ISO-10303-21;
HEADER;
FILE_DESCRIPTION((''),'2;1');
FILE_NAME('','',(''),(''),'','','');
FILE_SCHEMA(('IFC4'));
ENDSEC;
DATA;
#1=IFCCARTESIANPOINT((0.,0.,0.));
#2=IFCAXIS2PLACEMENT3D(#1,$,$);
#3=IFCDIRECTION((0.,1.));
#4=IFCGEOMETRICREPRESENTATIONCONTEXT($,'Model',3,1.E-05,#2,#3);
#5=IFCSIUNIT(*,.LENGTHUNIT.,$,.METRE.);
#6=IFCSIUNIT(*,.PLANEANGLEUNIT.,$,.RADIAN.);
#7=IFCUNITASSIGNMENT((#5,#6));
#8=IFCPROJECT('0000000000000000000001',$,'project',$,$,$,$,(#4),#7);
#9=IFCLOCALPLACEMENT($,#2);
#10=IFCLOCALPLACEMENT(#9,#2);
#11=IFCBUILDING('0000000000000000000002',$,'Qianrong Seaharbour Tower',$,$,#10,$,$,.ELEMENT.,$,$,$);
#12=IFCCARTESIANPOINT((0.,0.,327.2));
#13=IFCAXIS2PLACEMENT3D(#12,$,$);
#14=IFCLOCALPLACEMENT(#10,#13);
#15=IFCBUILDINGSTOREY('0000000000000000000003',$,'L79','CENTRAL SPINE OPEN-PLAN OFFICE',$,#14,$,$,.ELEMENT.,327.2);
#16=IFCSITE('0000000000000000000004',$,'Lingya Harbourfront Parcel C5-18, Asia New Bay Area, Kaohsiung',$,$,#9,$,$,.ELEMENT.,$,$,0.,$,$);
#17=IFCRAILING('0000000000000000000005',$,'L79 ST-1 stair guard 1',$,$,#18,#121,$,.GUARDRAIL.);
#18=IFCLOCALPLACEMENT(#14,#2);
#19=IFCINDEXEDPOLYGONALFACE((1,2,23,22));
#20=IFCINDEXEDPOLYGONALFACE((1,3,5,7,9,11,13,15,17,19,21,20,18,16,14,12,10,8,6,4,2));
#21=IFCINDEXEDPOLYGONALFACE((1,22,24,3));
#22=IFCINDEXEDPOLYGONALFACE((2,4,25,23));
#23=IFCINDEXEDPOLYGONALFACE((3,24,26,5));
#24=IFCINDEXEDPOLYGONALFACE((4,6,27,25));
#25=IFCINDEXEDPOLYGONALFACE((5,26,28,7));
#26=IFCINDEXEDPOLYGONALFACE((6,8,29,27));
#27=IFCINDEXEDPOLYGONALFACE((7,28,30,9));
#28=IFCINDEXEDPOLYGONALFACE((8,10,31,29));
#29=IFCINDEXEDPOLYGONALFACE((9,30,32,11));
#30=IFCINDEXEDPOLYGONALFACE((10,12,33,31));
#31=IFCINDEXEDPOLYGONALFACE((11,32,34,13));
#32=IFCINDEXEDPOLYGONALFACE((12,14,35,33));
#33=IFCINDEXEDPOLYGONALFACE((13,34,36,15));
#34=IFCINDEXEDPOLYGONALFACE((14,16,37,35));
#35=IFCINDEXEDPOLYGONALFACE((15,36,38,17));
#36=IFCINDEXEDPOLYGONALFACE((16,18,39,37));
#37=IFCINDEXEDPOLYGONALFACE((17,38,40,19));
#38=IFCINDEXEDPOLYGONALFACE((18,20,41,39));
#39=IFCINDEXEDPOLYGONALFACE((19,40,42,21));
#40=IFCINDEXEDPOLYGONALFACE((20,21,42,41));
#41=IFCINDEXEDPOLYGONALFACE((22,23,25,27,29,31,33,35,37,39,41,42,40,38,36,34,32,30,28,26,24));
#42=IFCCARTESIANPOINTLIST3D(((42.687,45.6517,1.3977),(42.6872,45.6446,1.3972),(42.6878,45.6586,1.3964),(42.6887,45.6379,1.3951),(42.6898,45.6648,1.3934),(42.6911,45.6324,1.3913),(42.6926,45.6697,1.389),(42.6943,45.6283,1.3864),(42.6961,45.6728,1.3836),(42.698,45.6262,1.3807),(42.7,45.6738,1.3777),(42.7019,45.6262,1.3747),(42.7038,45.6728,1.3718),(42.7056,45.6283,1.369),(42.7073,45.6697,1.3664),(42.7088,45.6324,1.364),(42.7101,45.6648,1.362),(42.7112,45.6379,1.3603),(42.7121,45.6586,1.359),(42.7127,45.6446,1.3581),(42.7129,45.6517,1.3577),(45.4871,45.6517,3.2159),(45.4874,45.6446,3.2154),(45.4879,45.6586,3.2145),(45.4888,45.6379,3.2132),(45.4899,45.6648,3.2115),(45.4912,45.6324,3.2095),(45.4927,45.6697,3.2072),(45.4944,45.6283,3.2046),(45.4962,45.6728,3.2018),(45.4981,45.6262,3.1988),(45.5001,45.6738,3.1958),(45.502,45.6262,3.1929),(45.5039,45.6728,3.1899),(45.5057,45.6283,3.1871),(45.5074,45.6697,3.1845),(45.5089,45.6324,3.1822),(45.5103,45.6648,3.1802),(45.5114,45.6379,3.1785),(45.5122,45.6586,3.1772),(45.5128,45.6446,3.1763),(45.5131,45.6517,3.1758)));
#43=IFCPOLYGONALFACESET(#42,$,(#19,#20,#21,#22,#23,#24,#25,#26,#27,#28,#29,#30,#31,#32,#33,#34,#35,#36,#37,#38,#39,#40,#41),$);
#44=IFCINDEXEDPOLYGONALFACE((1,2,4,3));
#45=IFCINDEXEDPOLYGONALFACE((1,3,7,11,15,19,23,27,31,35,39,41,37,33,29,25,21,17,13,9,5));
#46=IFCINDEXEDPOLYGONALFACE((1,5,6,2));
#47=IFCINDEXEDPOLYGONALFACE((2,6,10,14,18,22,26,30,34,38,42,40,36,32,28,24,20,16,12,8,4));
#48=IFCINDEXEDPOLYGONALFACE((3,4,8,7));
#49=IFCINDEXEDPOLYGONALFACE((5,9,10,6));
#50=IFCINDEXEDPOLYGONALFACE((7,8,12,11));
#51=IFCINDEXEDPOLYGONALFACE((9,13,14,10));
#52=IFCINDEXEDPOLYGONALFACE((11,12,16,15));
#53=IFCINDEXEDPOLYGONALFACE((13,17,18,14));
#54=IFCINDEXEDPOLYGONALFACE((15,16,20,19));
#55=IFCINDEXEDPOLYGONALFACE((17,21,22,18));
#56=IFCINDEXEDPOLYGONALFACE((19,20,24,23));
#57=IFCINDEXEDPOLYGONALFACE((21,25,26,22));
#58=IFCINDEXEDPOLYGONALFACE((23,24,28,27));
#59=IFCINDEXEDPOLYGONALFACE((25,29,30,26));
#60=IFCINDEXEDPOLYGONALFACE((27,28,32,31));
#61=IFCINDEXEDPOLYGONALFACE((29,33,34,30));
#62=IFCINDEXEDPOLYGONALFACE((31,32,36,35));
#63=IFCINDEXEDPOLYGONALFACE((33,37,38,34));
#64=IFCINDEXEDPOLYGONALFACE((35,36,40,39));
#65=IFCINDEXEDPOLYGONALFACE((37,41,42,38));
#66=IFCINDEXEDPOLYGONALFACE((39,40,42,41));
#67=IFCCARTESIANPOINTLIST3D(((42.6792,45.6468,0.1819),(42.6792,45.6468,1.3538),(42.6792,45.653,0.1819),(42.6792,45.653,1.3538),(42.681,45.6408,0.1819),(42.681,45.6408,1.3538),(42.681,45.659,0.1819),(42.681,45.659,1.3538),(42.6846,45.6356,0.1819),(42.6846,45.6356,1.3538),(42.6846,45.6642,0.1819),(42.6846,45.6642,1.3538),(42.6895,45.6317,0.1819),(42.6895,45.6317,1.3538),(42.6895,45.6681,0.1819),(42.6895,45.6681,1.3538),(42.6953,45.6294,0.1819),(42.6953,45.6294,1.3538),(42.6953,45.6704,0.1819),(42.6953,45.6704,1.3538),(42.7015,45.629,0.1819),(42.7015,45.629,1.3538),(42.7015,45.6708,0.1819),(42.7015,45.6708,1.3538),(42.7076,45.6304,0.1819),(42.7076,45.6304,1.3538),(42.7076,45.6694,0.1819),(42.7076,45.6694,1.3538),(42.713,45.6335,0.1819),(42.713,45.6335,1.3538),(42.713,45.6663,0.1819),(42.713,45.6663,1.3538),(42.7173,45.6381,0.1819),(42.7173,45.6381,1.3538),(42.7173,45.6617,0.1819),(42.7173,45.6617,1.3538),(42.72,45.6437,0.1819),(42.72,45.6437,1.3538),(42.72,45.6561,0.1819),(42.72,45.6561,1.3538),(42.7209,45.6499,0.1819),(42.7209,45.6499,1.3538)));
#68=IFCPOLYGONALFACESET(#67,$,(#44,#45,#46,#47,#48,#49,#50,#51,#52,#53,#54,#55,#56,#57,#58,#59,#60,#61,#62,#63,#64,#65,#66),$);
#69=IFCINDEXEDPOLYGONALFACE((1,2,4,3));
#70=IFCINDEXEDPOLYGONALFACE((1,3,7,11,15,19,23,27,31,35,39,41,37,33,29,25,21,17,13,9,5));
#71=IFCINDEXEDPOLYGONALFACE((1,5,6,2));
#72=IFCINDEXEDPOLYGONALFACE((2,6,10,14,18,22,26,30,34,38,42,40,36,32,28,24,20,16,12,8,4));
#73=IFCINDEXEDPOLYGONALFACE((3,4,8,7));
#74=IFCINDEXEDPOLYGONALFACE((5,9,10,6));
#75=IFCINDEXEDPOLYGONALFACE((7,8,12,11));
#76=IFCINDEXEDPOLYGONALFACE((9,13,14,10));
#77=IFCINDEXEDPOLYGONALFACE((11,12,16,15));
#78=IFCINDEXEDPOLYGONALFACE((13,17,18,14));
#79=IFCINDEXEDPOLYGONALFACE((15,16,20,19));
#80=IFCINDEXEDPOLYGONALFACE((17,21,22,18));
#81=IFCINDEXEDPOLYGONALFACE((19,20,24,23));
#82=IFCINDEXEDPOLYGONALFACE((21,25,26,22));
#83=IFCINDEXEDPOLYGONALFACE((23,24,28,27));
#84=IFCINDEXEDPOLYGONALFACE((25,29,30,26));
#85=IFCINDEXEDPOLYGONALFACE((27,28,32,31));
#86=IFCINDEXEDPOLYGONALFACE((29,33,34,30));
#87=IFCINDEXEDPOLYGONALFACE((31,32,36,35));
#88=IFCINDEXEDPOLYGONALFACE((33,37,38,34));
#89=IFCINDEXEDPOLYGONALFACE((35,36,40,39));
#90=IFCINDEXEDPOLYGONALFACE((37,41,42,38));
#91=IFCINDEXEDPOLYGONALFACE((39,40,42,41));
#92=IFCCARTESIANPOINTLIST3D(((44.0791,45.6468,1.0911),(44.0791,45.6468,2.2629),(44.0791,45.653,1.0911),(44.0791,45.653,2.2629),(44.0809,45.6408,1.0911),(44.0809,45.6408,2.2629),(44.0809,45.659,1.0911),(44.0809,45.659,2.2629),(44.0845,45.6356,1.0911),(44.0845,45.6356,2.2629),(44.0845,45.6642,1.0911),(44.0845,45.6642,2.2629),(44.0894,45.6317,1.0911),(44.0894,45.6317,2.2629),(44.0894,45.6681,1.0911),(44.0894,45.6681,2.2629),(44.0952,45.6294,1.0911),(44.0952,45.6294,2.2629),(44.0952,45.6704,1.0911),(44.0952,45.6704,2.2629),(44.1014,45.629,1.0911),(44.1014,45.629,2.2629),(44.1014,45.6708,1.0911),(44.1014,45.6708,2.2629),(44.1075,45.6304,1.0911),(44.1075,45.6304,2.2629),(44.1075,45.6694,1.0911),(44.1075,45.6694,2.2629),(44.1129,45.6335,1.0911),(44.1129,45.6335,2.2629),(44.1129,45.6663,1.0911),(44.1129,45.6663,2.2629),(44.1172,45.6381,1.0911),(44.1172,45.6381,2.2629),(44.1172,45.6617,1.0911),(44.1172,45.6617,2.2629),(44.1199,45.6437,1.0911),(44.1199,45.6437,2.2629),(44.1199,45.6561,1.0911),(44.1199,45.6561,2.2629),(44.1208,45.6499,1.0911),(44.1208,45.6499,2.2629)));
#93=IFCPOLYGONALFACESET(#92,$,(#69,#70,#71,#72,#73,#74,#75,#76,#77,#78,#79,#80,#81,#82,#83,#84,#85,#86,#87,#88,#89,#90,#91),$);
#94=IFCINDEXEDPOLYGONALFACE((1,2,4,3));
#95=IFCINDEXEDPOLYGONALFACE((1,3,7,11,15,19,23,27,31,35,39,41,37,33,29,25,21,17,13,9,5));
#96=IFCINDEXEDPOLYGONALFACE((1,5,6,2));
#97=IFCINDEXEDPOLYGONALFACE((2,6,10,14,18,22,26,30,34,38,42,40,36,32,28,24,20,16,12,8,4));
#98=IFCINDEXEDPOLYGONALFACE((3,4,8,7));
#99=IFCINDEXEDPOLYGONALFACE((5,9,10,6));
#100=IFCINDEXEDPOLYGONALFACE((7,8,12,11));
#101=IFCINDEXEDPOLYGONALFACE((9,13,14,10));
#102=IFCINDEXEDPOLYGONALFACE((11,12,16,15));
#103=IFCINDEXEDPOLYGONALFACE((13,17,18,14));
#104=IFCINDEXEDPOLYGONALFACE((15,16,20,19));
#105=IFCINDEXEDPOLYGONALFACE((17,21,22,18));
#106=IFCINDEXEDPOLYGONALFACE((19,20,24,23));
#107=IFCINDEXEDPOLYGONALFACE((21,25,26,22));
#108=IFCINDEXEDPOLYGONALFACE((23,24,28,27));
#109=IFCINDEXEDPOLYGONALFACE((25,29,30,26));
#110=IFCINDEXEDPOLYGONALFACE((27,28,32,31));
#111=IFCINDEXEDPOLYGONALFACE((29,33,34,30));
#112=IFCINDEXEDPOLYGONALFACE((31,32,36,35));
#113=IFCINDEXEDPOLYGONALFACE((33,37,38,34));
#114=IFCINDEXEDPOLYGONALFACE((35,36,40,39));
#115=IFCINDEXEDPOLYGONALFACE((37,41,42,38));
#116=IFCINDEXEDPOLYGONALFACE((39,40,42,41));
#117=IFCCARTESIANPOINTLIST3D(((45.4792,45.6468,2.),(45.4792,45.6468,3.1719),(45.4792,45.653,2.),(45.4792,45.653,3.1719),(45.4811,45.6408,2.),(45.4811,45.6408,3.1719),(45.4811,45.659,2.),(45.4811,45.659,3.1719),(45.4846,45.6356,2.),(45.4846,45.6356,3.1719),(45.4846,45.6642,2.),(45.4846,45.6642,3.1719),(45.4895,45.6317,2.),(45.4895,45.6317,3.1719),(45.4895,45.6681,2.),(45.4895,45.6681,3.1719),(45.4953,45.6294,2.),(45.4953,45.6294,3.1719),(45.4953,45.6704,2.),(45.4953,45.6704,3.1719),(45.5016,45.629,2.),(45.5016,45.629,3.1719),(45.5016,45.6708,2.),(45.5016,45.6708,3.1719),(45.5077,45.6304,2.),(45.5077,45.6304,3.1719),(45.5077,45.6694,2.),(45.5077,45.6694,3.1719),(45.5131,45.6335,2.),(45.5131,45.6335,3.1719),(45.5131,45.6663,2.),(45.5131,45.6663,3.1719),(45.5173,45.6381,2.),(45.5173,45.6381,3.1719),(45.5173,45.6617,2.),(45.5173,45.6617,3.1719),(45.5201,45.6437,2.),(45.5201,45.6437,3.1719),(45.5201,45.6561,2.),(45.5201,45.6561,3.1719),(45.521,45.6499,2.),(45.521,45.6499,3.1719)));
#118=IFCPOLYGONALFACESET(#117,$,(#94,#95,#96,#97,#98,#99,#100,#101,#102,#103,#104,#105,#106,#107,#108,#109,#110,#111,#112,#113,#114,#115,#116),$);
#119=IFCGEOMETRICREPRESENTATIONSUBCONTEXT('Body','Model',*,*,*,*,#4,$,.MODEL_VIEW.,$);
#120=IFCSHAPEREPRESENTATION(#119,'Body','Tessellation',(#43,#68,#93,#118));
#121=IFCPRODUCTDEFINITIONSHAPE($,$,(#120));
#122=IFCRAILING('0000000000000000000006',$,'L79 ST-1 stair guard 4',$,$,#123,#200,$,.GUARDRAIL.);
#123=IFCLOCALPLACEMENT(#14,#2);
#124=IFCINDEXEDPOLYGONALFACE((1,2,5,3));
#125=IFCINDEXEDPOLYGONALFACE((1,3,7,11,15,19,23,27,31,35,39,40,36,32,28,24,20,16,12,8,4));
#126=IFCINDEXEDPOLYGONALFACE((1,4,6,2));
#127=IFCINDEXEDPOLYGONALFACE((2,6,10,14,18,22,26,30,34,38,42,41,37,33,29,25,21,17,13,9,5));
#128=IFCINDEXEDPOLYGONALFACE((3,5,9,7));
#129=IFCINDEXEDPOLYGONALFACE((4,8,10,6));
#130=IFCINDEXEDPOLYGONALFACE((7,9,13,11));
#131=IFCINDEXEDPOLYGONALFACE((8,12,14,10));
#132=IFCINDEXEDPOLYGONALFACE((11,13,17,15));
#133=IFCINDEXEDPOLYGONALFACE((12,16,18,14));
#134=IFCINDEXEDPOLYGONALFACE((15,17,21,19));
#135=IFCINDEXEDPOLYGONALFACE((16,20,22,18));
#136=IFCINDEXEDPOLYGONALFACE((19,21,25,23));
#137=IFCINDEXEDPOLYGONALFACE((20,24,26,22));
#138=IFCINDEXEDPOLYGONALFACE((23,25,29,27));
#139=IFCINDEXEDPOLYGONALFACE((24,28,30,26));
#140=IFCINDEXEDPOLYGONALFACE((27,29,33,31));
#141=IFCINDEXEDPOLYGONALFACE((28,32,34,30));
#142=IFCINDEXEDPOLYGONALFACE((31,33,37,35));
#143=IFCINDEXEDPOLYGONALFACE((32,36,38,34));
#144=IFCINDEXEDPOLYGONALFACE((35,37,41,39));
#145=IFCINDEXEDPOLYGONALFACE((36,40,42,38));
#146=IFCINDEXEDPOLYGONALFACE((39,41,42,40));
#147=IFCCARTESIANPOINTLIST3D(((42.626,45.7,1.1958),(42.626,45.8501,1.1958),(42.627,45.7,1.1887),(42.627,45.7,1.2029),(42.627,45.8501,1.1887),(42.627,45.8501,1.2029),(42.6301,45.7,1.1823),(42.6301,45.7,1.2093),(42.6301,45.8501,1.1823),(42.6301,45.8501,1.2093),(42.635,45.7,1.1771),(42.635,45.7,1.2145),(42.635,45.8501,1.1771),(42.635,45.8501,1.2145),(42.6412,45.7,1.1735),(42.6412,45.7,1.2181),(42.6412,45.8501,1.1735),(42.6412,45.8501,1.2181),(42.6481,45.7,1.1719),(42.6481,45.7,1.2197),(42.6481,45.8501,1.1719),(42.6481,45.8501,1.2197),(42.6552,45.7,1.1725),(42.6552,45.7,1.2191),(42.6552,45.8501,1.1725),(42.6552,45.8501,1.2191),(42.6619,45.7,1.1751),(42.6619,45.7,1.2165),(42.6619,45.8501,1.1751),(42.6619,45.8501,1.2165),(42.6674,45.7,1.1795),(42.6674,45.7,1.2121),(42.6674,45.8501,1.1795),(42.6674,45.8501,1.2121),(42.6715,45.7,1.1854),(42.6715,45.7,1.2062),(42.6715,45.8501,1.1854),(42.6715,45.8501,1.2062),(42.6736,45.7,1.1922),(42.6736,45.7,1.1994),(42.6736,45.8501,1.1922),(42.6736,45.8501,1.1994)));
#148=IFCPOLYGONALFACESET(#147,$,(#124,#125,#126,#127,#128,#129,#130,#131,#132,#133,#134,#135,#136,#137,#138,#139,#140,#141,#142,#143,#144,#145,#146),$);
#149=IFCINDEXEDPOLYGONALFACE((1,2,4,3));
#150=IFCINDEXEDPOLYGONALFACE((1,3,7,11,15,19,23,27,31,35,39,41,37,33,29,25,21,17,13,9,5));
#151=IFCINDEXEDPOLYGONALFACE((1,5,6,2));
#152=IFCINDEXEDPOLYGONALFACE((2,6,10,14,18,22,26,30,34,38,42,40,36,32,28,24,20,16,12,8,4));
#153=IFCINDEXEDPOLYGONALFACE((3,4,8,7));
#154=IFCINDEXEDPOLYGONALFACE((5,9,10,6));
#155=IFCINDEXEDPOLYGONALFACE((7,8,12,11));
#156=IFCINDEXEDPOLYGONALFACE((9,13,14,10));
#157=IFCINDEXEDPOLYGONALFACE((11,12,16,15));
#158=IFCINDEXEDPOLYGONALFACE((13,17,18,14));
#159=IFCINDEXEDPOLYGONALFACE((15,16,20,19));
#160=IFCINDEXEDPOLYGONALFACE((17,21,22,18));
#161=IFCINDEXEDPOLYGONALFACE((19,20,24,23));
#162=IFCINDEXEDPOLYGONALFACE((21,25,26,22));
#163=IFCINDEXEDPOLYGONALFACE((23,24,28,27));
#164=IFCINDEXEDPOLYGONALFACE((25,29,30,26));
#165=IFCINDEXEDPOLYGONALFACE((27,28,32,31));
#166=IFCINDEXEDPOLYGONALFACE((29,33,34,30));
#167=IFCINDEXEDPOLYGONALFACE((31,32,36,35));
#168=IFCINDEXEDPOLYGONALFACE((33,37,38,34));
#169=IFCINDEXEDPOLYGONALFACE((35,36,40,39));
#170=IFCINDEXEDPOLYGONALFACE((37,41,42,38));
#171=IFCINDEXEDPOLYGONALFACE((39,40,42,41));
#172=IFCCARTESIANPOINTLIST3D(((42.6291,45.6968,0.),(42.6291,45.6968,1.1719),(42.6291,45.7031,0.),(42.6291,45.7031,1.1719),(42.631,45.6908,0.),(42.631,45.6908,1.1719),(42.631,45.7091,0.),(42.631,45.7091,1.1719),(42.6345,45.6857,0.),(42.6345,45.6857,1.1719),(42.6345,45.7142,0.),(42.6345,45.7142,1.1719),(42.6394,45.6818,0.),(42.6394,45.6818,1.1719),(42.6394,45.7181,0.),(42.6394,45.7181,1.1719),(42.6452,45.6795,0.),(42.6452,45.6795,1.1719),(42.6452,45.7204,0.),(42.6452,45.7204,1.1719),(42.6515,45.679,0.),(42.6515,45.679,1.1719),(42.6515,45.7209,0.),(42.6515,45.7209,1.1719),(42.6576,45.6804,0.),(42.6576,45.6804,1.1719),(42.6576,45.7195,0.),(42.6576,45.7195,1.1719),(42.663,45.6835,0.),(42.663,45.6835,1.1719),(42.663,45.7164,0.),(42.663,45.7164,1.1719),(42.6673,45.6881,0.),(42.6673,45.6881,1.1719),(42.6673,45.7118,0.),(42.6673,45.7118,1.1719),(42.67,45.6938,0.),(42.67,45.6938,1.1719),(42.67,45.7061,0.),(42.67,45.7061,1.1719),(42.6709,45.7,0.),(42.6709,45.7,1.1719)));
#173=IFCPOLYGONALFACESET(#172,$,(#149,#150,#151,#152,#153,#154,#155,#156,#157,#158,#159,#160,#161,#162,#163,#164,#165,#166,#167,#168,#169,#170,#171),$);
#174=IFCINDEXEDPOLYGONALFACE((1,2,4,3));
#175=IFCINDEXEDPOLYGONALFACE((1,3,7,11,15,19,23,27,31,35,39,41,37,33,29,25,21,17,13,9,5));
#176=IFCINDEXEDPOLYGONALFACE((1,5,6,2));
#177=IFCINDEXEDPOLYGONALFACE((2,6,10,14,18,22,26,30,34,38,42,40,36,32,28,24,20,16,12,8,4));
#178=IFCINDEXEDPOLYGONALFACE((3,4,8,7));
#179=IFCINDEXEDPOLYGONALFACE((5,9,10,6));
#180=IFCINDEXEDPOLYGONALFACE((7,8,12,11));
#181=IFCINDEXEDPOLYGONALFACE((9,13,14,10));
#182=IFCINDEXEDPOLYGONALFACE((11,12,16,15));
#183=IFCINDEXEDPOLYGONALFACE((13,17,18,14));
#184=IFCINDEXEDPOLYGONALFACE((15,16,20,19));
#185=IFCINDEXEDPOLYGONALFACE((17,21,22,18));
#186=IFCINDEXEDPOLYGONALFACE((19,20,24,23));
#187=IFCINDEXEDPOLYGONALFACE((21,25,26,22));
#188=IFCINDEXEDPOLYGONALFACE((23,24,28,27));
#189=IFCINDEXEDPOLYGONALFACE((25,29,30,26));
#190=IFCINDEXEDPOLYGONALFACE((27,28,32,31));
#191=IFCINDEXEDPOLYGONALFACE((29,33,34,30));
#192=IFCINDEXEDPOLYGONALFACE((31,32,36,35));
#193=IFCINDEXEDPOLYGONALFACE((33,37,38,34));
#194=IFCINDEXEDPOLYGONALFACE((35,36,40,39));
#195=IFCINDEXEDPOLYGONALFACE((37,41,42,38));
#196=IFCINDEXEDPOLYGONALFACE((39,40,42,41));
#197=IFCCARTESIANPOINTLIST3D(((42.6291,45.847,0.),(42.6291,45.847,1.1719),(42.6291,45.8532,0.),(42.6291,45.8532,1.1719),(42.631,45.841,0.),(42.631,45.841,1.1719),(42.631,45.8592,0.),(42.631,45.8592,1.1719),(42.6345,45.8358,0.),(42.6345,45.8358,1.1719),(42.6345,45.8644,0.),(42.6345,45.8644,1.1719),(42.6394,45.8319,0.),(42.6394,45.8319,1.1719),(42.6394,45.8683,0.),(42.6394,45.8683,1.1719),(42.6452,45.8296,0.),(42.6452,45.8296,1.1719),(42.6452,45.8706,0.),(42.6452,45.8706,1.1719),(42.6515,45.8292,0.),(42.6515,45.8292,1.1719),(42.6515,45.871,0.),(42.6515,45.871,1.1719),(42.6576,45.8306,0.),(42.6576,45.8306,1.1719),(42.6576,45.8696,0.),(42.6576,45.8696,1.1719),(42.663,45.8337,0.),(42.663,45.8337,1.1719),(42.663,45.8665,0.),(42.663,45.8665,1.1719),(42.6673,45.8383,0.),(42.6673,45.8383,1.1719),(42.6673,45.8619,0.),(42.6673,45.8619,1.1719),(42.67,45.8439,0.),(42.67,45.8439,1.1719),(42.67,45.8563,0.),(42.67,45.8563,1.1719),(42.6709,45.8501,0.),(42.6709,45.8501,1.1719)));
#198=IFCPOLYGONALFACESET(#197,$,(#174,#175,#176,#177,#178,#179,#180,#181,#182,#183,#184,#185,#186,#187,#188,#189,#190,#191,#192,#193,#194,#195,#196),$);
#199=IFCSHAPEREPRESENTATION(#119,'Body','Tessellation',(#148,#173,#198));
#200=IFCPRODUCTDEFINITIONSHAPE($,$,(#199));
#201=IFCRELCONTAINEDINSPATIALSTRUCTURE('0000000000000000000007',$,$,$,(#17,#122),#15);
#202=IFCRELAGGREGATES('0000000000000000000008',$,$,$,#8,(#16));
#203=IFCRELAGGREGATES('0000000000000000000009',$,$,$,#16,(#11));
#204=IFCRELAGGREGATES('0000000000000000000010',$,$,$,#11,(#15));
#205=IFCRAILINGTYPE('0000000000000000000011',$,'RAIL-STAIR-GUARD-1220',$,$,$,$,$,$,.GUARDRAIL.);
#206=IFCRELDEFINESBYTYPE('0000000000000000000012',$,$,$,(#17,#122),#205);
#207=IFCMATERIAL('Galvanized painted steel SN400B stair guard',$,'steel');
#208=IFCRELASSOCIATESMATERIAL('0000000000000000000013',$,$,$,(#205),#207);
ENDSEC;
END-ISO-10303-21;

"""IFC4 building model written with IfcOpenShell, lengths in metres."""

from ifc_helpers import new_model, si_unit, direction, frame, origin, origin_2d, place, context, subcontext, project, spatial, circle, extrude, material, type_object, element, save


model = new_model("IFC4")

# Units and contexts
model_context = context("Model", 3, precision=1e-05, world=origin(), true_north=direction((0.0, 1.0)))
body_context = subcontext(model_context, "Body", "Model", "MODEL_VIEW")
ifc_project = project(units=[si_unit("LENGTHUNIT", "METRE"), si_unit("PLANEANGLEUNIT", "RADIAN")], contexts=[model_context])

# Site, building, storey
site_placement = place(None, origin())
site = spatial("IfcSite", under=ifc_project, at=site_placement, Name="Lingya Harbourfront Parcel C5-18, Asia New Bay Area, Kaohsiung", CompositionType="ELEMENT", RefElevation=0.0)
building_placement = place(site_placement, origin())
building = spatial("IfcBuilding", under=site, at=building_placement, Name="Qianrong Seaharbour Tower", CompositionType="ELEMENT")
storey_placement = place(building_placement, frame((0.0, 0.0, 327.2)))
storey = spatial("IfcBuildingStorey", under=building, at=storey_placement, Name="L79", Description="CENTRAL SPINE OPEN-PLAN OFFICE", CompositionType="ELEMENT", Elevation=327.2)

# Railings
ifc_material_1 = material(Name="Galvanized painted steel SN400B stair guard", Category="steel")
railing_type_1 = type_object("IfcRailingType", Name="RAIL-STAIR-GUARD-1220", PredefinedType="GUARDRAIL", material=ifc_material_1)
railing_1_placement = place(storey_placement, frame((42.7, 45.6499, 0.1819)))
element("IfcRailing", 1, at=railing_1_placement, inside=storey, type_object=railing_type_1, Name="L79 ST-1 stair guard 1", PredefinedType="GUARDRAIL", context=body_context, shape_type="SweptSolid", body=[
    extrude(circle(Radius=0.0239, at=origin_2d()), frame((0.0, 0.0, 1.1958), z_axis=(0.838706, 0.0, 0.544585), x_axis=(0.0, 1.0, 0.0)), (0.0, 0.0, 1.0), 3.3386),
    extrude(circle(Radius=0.021, at=origin_2d()), origin(), (0.0, 0.0, 1.0), 1.1719),
    extrude(circle(Radius=0.021, at=origin_2d()), frame((1.3999, 0.0, 0.9092)), (0.0, 0.0, 1.0), 1.1719),
    extrude(circle(Radius=0.021, at=origin_2d()), frame((2.8, 0.0, 1.8181)), (0.0, 0.0, 1.0), 1.1719),
])
railing_2_placement = place(storey_placement, frame((42.6499, 45.7, 0.0)))
element("IfcRailing", 2, at=railing_2_placement, inside=storey, type_object=railing_type_1, Name="L79 ST-1 stair guard 4", PredefinedType="GUARDRAIL", context=body_context, shape_type="SweptSolid", body=[
    extrude(circle(Radius=0.0239, at=origin_2d()), frame((0.0, 0.0, 1.1958), z_axis=(0.0, 1.0, 0.0), x_axis=(-1.0, 0.0, 0.0)), (0.0, 0.0, 1.0), 0.1501),
    extrude(circle(Radius=0.021, at=origin_2d()), origin(), (0.0, 0.0, 1.0), 1.1719),
    extrude(circle(Radius=0.021, at=origin_2d()), frame((0.0, 0.1501, 0.0)), (0.0, 0.0, 1.0), 1.1719),
])

save(model, "model.ifc")
